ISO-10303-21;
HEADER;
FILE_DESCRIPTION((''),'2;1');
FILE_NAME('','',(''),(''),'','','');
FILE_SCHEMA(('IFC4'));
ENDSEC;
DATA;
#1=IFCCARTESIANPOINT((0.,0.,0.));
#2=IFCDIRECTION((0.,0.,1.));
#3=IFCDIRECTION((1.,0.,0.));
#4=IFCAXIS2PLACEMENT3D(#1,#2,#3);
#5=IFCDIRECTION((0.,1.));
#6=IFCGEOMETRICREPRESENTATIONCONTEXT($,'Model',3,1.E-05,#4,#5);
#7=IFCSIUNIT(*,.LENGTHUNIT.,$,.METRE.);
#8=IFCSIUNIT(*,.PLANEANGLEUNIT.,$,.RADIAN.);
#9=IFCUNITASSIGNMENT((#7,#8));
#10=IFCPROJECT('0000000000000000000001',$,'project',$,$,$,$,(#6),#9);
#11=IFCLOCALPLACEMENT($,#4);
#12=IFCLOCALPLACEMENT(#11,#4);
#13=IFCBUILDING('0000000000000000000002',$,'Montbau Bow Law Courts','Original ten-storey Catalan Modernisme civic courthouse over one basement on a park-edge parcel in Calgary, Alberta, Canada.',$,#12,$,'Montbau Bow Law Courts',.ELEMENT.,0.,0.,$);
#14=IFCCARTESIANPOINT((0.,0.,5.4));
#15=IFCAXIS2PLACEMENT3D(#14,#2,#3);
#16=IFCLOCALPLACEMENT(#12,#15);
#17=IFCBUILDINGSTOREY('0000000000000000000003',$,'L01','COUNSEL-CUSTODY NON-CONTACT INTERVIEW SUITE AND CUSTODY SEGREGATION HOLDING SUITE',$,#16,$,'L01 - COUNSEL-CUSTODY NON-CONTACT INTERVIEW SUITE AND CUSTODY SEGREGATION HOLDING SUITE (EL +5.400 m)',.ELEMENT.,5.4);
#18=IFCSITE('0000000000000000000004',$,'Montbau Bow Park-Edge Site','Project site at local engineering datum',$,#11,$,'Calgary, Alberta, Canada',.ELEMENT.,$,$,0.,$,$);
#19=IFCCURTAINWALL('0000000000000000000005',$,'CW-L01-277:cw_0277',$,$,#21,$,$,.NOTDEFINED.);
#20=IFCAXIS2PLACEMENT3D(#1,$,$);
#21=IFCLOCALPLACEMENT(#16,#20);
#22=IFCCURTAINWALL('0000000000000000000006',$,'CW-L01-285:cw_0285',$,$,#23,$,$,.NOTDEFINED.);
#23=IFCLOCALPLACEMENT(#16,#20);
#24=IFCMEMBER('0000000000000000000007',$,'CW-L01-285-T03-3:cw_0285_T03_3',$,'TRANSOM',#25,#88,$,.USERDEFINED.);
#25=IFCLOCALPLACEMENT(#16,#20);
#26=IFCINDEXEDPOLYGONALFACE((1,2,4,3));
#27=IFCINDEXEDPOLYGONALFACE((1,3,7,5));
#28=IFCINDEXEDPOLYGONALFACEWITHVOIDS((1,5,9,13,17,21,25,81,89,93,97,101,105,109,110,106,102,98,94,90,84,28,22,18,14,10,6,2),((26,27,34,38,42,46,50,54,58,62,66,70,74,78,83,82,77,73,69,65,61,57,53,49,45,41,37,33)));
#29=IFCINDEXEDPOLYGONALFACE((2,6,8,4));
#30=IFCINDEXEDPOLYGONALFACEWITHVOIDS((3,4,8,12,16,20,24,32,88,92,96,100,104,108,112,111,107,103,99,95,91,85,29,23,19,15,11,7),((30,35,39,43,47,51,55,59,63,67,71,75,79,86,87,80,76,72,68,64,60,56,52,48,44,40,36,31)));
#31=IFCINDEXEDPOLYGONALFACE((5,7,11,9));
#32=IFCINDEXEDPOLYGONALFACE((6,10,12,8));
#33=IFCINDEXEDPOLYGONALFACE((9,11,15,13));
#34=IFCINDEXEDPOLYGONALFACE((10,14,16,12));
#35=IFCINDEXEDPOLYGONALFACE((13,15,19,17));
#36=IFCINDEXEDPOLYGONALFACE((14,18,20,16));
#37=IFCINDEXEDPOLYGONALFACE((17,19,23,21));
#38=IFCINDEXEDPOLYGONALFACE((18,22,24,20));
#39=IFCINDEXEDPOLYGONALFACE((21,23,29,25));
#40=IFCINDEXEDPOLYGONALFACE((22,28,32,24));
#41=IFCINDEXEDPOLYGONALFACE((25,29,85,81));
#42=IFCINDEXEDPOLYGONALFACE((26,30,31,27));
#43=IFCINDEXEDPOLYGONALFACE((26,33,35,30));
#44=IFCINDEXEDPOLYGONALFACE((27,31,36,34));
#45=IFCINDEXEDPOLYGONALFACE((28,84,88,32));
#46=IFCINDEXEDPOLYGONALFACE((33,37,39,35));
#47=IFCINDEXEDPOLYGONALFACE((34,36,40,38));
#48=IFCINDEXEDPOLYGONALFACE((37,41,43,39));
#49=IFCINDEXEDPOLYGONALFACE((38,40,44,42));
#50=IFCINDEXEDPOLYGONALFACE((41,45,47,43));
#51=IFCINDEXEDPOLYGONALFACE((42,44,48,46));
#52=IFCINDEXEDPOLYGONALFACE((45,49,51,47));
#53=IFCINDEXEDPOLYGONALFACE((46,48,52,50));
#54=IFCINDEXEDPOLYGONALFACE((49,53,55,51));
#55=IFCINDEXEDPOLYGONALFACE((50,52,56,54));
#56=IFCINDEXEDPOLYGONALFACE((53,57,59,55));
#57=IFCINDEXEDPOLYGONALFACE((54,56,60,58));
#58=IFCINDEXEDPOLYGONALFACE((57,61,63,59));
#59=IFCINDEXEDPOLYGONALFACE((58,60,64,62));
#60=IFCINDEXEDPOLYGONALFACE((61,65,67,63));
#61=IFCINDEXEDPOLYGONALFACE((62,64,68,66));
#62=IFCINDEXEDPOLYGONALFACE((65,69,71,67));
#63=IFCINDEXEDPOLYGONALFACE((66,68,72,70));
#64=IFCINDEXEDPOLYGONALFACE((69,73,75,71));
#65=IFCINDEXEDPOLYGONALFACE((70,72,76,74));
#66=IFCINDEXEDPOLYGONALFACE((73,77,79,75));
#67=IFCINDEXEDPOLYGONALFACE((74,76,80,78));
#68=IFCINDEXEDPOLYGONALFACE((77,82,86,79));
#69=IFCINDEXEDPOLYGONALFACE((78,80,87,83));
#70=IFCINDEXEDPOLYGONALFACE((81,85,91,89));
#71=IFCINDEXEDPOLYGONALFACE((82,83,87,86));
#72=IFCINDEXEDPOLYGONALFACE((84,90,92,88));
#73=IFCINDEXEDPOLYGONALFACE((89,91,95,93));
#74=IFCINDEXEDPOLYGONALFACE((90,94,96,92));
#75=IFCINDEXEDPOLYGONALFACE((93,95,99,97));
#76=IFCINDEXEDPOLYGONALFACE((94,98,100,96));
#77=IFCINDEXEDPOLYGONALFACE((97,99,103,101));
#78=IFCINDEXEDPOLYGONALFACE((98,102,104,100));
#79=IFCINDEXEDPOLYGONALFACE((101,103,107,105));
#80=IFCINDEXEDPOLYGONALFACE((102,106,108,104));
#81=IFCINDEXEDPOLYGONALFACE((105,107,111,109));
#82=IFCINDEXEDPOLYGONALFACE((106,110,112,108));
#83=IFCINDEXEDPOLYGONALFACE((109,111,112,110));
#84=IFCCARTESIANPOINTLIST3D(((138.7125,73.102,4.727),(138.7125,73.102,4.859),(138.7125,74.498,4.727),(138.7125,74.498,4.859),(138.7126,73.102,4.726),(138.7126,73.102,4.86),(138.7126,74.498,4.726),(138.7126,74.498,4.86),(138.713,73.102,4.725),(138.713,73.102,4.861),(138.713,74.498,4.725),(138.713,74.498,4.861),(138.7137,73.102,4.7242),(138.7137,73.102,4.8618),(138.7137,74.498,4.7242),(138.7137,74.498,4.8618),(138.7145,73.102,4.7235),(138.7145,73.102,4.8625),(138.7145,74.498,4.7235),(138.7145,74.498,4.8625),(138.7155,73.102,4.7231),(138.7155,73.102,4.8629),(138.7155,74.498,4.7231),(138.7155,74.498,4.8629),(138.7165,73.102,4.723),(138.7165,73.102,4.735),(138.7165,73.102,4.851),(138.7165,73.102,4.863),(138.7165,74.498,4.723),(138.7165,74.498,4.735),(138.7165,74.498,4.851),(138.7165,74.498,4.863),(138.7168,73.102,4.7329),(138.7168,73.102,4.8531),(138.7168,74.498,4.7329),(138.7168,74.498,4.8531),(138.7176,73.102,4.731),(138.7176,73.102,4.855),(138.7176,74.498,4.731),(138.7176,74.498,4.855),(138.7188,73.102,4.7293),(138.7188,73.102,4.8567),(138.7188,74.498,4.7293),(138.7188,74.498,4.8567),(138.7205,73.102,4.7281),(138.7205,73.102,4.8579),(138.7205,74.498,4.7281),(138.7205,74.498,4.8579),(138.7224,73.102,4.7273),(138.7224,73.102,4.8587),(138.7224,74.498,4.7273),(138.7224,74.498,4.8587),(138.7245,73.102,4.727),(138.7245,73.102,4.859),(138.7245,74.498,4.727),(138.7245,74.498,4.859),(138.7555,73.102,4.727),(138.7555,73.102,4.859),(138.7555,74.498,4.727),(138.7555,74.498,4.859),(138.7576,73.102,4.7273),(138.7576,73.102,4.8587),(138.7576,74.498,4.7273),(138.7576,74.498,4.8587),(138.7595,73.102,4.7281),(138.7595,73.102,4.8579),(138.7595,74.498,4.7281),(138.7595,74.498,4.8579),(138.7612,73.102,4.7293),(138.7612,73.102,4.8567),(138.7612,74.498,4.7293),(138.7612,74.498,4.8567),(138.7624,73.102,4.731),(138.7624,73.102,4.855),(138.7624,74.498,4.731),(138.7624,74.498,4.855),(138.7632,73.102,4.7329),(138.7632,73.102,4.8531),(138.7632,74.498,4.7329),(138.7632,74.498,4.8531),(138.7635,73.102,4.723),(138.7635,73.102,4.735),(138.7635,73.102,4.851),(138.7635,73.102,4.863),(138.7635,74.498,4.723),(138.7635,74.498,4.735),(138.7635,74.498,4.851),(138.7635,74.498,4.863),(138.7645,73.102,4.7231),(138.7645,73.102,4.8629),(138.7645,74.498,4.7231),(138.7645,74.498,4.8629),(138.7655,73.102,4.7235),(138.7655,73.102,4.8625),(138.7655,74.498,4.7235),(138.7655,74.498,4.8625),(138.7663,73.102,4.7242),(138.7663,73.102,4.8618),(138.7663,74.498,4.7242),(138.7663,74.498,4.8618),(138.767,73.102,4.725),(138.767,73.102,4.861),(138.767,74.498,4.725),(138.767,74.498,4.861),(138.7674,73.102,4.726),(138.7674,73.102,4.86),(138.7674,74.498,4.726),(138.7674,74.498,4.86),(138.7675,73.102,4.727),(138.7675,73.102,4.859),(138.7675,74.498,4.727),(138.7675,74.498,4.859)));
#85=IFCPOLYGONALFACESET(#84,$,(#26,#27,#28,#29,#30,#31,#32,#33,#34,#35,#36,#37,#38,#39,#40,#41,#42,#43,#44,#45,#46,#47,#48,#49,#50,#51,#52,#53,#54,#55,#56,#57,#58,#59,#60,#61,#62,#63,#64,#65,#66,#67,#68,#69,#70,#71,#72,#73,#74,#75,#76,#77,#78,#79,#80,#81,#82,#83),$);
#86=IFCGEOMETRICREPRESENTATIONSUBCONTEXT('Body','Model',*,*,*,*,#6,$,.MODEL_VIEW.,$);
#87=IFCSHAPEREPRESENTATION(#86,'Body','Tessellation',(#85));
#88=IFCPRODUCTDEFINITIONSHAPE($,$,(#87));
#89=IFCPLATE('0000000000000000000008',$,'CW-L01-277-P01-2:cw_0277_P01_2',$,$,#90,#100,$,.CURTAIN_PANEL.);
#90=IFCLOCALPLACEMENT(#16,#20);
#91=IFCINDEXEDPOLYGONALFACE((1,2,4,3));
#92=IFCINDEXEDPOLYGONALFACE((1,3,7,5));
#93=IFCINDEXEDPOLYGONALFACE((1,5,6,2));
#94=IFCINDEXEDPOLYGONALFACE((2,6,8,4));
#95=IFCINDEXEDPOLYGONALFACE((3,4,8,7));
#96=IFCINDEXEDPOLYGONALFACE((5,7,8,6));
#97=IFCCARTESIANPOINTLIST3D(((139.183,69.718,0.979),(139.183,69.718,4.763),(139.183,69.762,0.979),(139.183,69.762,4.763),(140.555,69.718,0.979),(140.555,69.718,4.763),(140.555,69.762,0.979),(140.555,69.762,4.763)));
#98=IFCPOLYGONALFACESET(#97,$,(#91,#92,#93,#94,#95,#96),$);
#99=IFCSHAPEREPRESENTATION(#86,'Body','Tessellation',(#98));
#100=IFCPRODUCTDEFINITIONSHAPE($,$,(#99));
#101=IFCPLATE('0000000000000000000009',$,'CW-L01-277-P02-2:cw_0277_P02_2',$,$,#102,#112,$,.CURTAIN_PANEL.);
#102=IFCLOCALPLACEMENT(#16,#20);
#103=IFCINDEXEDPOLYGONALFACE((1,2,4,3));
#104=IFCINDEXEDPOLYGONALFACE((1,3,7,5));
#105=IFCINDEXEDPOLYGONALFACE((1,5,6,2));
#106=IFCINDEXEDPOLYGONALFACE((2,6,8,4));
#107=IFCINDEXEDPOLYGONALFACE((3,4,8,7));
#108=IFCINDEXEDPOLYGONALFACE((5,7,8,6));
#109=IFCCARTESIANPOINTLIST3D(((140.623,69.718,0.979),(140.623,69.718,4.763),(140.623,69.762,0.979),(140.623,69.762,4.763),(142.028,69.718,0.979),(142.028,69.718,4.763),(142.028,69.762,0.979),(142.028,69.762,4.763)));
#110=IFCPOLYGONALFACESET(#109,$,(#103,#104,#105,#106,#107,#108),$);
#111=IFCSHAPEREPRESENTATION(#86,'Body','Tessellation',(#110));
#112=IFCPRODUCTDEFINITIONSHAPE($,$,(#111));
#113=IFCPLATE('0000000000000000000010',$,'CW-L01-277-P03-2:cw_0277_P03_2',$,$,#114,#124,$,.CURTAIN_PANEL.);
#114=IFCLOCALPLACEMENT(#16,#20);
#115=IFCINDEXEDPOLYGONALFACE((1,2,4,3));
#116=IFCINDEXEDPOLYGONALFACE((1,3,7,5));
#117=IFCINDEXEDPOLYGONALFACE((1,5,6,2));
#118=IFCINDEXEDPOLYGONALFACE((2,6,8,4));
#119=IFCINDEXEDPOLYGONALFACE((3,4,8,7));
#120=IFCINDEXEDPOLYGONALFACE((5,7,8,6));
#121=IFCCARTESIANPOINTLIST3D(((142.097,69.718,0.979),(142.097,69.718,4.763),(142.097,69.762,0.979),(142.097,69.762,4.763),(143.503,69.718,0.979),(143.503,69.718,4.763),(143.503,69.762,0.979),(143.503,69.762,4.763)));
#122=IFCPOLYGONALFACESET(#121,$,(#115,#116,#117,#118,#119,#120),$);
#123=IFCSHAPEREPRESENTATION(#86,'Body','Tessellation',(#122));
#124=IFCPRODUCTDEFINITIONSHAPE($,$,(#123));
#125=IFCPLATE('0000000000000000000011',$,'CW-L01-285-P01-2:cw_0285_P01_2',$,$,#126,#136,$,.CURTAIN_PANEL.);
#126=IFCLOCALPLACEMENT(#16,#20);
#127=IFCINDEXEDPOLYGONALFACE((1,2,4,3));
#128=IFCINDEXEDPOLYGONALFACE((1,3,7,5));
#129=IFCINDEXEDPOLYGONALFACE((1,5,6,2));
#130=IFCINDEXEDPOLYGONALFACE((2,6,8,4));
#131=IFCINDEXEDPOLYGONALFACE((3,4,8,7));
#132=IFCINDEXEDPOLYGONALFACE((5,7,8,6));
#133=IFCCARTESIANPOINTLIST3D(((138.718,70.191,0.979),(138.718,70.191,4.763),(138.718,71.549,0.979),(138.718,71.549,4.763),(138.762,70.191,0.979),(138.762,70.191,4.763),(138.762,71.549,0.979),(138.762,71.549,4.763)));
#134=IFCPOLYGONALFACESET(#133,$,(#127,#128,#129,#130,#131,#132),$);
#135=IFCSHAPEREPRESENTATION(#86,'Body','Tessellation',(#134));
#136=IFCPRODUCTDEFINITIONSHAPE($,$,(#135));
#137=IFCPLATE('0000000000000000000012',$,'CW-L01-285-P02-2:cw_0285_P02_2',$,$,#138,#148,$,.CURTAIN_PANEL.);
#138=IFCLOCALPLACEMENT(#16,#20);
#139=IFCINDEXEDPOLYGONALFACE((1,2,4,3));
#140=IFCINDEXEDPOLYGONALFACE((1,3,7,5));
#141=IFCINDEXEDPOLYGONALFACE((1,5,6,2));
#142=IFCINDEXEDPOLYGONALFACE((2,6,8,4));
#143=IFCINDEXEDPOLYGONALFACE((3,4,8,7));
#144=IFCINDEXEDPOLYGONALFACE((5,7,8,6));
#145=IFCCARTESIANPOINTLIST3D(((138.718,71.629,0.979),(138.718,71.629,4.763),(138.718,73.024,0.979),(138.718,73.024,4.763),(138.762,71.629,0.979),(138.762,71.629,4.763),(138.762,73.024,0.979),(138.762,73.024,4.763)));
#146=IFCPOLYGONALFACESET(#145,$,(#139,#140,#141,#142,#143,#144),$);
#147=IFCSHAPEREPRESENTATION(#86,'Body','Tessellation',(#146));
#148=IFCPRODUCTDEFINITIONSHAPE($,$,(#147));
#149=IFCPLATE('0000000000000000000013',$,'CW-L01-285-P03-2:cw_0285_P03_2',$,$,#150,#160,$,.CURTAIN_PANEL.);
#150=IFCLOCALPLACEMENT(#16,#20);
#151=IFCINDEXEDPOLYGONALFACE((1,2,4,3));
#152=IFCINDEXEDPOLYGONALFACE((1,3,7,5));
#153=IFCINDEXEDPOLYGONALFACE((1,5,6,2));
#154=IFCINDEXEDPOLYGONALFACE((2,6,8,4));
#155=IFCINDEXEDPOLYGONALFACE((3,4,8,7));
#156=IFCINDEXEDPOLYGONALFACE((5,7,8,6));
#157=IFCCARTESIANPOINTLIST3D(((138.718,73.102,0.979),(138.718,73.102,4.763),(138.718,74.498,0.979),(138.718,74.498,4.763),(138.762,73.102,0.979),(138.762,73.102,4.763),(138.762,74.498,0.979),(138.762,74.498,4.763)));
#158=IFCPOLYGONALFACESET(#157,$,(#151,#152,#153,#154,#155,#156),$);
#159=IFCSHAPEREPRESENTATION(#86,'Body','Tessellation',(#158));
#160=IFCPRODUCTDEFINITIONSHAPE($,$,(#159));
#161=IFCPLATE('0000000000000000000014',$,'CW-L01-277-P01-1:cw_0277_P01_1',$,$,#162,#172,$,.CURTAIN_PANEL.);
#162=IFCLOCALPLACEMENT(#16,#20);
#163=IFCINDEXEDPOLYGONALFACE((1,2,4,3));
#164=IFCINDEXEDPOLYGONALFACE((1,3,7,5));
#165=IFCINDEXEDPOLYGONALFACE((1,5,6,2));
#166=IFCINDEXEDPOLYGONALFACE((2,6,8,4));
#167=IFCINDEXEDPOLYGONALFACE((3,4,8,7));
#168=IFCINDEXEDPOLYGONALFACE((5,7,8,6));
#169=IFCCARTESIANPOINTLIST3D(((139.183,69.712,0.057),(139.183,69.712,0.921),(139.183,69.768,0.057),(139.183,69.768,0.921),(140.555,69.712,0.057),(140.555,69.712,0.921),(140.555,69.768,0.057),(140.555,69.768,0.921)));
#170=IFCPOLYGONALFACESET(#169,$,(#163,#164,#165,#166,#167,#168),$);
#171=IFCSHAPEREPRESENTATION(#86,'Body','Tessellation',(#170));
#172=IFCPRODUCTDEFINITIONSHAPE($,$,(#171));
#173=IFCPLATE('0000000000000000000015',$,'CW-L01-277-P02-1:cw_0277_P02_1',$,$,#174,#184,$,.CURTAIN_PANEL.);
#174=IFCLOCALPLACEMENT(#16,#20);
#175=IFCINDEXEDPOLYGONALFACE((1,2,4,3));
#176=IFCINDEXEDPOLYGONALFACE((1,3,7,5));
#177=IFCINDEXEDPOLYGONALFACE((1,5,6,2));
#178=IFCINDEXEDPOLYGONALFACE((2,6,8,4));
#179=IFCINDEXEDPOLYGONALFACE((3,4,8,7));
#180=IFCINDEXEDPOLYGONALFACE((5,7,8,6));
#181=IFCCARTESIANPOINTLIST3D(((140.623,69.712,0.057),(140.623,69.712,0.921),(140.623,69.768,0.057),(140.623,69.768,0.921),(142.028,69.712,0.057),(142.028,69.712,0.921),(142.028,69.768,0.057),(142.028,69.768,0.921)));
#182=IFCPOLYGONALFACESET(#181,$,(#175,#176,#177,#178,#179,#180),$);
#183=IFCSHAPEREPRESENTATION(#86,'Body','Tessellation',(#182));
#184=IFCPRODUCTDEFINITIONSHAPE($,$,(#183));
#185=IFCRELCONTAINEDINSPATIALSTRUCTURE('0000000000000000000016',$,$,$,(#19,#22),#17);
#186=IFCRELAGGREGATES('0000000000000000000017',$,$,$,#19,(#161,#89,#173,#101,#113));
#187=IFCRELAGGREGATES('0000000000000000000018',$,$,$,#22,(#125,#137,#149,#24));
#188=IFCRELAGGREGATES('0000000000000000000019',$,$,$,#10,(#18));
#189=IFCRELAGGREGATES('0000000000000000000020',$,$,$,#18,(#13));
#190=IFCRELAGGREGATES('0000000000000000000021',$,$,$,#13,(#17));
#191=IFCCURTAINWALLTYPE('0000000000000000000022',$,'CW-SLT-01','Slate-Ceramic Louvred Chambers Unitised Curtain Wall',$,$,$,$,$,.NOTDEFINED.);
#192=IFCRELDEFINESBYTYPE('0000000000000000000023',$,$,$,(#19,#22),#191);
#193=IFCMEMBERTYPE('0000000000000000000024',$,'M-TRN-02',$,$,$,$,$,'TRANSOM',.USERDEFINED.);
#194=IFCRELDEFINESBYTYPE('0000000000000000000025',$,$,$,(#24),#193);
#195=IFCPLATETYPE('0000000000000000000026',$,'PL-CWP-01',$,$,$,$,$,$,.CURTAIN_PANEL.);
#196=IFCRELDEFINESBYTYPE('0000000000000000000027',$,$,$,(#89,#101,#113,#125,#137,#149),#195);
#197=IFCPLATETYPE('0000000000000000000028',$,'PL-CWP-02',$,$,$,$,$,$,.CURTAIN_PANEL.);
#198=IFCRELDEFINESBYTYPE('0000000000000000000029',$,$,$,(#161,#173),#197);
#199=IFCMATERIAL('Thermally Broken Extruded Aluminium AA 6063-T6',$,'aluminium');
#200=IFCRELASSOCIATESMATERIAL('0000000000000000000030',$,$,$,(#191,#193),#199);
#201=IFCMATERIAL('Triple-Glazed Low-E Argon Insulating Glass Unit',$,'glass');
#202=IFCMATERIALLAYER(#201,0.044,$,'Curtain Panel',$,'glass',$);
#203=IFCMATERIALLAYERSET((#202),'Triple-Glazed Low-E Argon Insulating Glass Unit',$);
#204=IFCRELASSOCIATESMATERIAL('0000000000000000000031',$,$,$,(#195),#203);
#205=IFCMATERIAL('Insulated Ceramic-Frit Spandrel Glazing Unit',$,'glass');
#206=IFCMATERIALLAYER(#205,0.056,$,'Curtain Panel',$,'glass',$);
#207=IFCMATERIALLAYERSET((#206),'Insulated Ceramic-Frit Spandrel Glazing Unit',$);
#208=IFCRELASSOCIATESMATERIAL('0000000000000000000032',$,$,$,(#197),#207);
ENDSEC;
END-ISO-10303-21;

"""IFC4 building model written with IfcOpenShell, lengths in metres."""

from ifc_helpers import new_model, si_unit, direction, frame, frame_2d, origin_with_axes, origin_2d_with_axis, place, context, subcontext, project, spatial, rectangle, hollow_rectangle, extrude, material, layer, layer_set, material_profile, profile_set, type_object, element, aggregate, save


model = new_model("IFC4")

# Units and contexts
model_context = context("Model", 3, precision=1e-05, world=origin_with_axes(), true_north=direction((0.0, 1.0)))
body_context = subcontext(model_context, "Body", "Model", "MODEL_VIEW")
ifc_project = project(units=[si_unit("LENGTHUNIT", "METRE"), si_unit("PLANEANGLEUNIT", "RADIAN")], contexts=[model_context])

# Site, building, storey
site_placement = place(None, origin_with_axes())
site = spatial("IfcSite", under=ifc_project, at=site_placement, Name="Montbau Bow Park-Edge Site", Description="Project site at local engineering datum", LongName="Calgary, Alberta, Canada", CompositionType="ELEMENT", RefElevation=0.0)
building_placement = place(site_placement, origin_with_axes())
building = spatial("IfcBuilding", under=site, at=building_placement, Name="Montbau Bow Law Courts", Description="Original ten-storey Catalan Modernisme civic courthouse over one basement on a park-edge parcel in Calgary, Alberta, Canada.", LongName="Montbau Bow Law Courts", CompositionType="ELEMENT", ElevationOfRefHeight=0.0, ElevationOfTerrain=0.0)
storey_placement = place(building_placement, frame((0.0, 0.0, 5.4), z_axis=(0.0, 0.0, 1.0), x_axis=(1.0, 0.0, 0.0)))
storey = spatial("IfcBuildingStorey", under=building, at=storey_placement, Name="L01", Description="COUNSEL-CUSTODY NON-CONTACT INTERVIEW SUITE AND CUSTODY SEGREGATION HOLDING SUITE", LongName="L01 - COUNSEL-CUSTODY NON-CONTACT INTERVIEW SUITE AND CUSTODY SEGREGATION HOLDING SUITE (EL +5.400 m)", CompositionType="ELEMENT", Elevation=5.4)

# Curtain walls, member
ifc_material_1 = material(Name="Thermally Broken Extruded Aluminium AA 6063-T6", Category="aluminium")
curtain_wall_type = type_object("IfcCurtainWallType", Name="CW-SLT-01", Description="Slate-Ceramic Louvred Chambers Unitised Curtain Wall", PredefinedType="NOTDEFINED", material=ifc_material_1)
curtain_wall_1_placement = place(None, frame((139.115, 69.74, 5.4), z_axis=(0.0, 0.0, 1.0), x_axis=(1.0, 0.0, 0.0)))
curtain_wall_1 = element("IfcCurtainWall", 1, at=curtain_wall_1_placement, inside=storey, type_object=curtain_wall_type, Name="CW-L01-277:cw_0277", PredefinedType="NOTDEFINED")
ifc_material_profile = material_profile(ifc_material_1, hollow_rectangle(XDim=0.055, YDim=0.14, WallThickness=0.004, InnerFilletRadius=0.008, OuterFilletRadius=0.004, at=origin_2d_with_axis()), Name="CWT-140X55", Category="Main", Priority=0)
ifc_profile_set = profile_set([ifc_material_profile], Name="Thermally Broken Extruded Aluminium AA 6063-T6")
member_type = type_object("IfcMemberType", Name="M-TRN-02", ElementType="TRANSOM", PredefinedType="USERDEFINED", material=ifc_profile_set)
curtain_wall_2_placement = place(None, frame((138.74, 70.115, 5.4), z_axis=(0.0, 0.0, 1.0), x_axis=(1.0, 0.0, 0.0)))
curtain_wall_2 = element("IfcCurtainWall", 2, at=curtain_wall_2_placement, inside=storey, type_object=curtain_wall_type, Name="CW-L01-285:cw_0285", PredefinedType="NOTDEFINED")
member_1_placement = place(None, frame((138.74, 73.102, 10.193), z_axis=(0.0, 1.0, 0.0), x_axis=(-1.0, 0.0, 0.0)))
member_1 = element("IfcMember", 3, at=member_1_placement, type_object=member_type, Name="CW-L01-285-T03-3:cw_0285_T03_3", ObjectType="TRANSOM", PredefinedType="USERDEFINED", context=body_context, shape_type="SweptSolid", body=[
    extrude(hollow_rectangle(XDim=0.055, YDim=0.14, WallThickness=0.004, InnerFilletRadius=0.008, OuterFilletRadius=0.004, at=origin_2d_with_axis()), origin_with_axes(), (0.0, 0.0, 1.0), 1.396),
])

# Plates
ifc_material_2 = material(Name="Triple-Glazed Low-E Argon Insulating Glass Unit", Category="glass")
ifc_layer_1 = layer(ifc_material_2, 0.044, Name="Curtain Panel", Category="glass")
ifc_layer_set_1 = layer_set([ifc_layer_1], Name="Triple-Glazed Low-E Argon Insulating Glass Unit")
plate_type_1 = type_object("IfcPlateType", Name="PL-CWP-01", PredefinedType="CURTAIN_PANEL", material=ifc_layer_set_1)
plate_1_placement = place(None, frame((139.183, 69.74, 6.379), z_axis=(0.0, -1.0, 0.0), x_axis=(1.0, 0.0, 0.0)))
plate_1 = element("IfcPlate", 4, at=plate_1_placement, type_object=plate_type_1, Name="CW-L01-277-P01-2:cw_0277_P01_2", PredefinedType="CURTAIN_PANEL", context=body_context, shape_type="SweptSolid", body=[
    extrude(rectangle(XDim=1.372, YDim=3.784, at=frame_2d((0.686, 1.892), x_axis=(1.0, 0.0))), frame((0.0, 0.0, -0.022), z_axis=(0.0, 0.0, 1.0), x_axis=(1.0, 0.0, 0.0)), (0.0, 0.0, 1.0), 0.044),
])
plate_2_placement = place(None, frame((140.623, 69.74, 6.379), z_axis=(0.0, -1.0, 0.0), x_axis=(1.0, 0.0, 0.0)))
plate_2 = element("IfcPlate", 5, at=plate_2_placement, type_object=plate_type_1, Name="CW-L01-277-P02-2:cw_0277_P02_2", PredefinedType="CURTAIN_PANEL", context=body_context, shape_type="SweptSolid", body=[
    extrude(rectangle(XDim=1.405, YDim=3.784, at=frame_2d((0.7025, 1.892), x_axis=(1.0, 0.0))), frame((0.0, 0.0, -0.022), z_axis=(0.0, 0.0, 1.0), x_axis=(1.0, 0.0, 0.0)), (0.0, 0.0, 1.0), 0.044),
])
plate_3_placement = place(None, frame((142.097, 69.74, 6.379), z_axis=(0.0, -1.0, 0.0), x_axis=(1.0, 0.0, 0.0)))
plate_3 = element("IfcPlate", 6, at=plate_3_placement, type_object=plate_type_1, Name="CW-L01-277-P03-2:cw_0277_P03_2", PredefinedType="CURTAIN_PANEL", context=body_context, shape_type="SweptSolid", body=[
    extrude(rectangle(XDim=1.406, YDim=3.784, at=frame_2d((0.703, 1.892), x_axis=(1.0, 0.0))), frame((0.0, 0.0, -0.022), z_axis=(0.0, 0.0, 1.0), x_axis=(1.0, 0.0, 0.0)), (0.0, 0.0, 1.0), 0.044),
])
plate_4_placement = place(None, frame((138.74, 70.191, 6.379), z_axis=(1.0, 0.0, 0.0), x_axis=(0.0, 1.0, 0.0)))
plate_4 = element("IfcPlate", 7, at=plate_4_placement, type_object=plate_type_1, Name="CW-L01-285-P01-2:cw_0285_P01_2", PredefinedType="CURTAIN_PANEL", context=body_context, shape_type="SweptSolid", body=[
    extrude(rectangle(XDim=1.358, YDim=3.784, at=frame_2d((0.679, 1.892), x_axis=(1.0, 0.0))), frame((0.0, 0.0, -0.022), z_axis=(0.0, 0.0, 1.0), x_axis=(1.0, 0.0, 0.0)), (0.0, 0.0, 1.0), 0.044),
])
plate_5_placement = place(None, frame((138.74, 71.629, 6.379), z_axis=(1.0, 0.0, 0.0), x_axis=(0.0, 1.0, 0.0)))
plate_5 = element("IfcPlate", 8, at=plate_5_placement, type_object=plate_type_1, Name="CW-L01-285-P02-2:cw_0285_P02_2", PredefinedType="CURTAIN_PANEL", context=body_context, shape_type="SweptSolid", body=[
    extrude(rectangle(XDim=1.395, YDim=3.784, at=frame_2d((0.6975, 1.892), x_axis=(1.0, 0.0))), frame((0.0, 0.0, -0.022), z_axis=(0.0, 0.0, 1.0), x_axis=(1.0, 0.0, 0.0)), (0.0, 0.0, 1.0), 0.044),
])
plate_6_placement = place(None, frame((138.74, 73.102, 6.379), z_axis=(1.0, 0.0, 0.0), x_axis=(0.0, 1.0, 0.0)))
plate_6 = element("IfcPlate", 9, at=plate_6_placement, type_object=plate_type_1, Name="CW-L01-285-P03-2:cw_0285_P03_2", PredefinedType="CURTAIN_PANEL", context=body_context, shape_type="SweptSolid", body=[
    extrude(rectangle(XDim=1.396, YDim=3.784, at=frame_2d((0.698, 1.892), x_axis=(1.0, 0.0))), frame((0.0, 0.0, -0.022), z_axis=(0.0, 0.0, 1.0), x_axis=(1.0, 0.0, 0.0)), (0.0, 0.0, 1.0), 0.044),
])
ifc_material_3 = material(Name="Insulated Ceramic-Frit Spandrel Glazing Unit", Category="glass")
ifc_layer_2 = layer(ifc_material_3, 0.056, Name="Curtain Panel", Category="glass")
ifc_layer_set_2 = layer_set([ifc_layer_2], Name="Insulated Ceramic-Frit Spandrel Glazing Unit")
plate_type_2 = type_object("IfcPlateType", Name="PL-CWP-02", PredefinedType="CURTAIN_PANEL", material=ifc_layer_set_2)
plate_7_placement = place(None, frame((139.183, 69.74, 5.457), z_axis=(0.0, -1.0, 0.0), x_axis=(1.0, 0.0, 0.0)))
plate_7 = element("IfcPlate", 10, at=plate_7_placement, type_object=plate_type_2, Name="CW-L01-277-P01-1:cw_0277_P01_1", PredefinedType="CURTAIN_PANEL", context=body_context, shape_type="SweptSolid", body=[
    extrude(rectangle(XDim=1.372, YDim=0.864, at=frame_2d((0.686, 0.432), x_axis=(1.0, 0.0))), frame((0.0, 0.0, -0.028), z_axis=(0.0, 0.0, 1.0), x_axis=(1.0, 0.0, 0.0)), (0.0, 0.0, 1.0), 0.056),
])
plate_8_placement = place(None, frame((140.623, 69.74, 5.457), z_axis=(0.0, -1.0, 0.0), x_axis=(1.0, 0.0, 0.0)))
plate_8 = element("IfcPlate", 11, at=plate_8_placement, type_object=plate_type_2, Name="CW-L01-277-P02-1:cw_0277_P02_1", PredefinedType="CURTAIN_PANEL", context=body_context, shape_type="SweptSolid", body=[
    extrude(rectangle(XDim=1.405, YDim=0.864, at=frame_2d((0.7025, 0.432), x_axis=(1.0, 0.0))), frame((0.0, 0.0, -0.028), z_axis=(0.0, 0.0, 1.0), x_axis=(1.0, 0.0, 0.0)), (0.0, 0.0, 1.0), 0.056),
])
aggregate(curtain_wall_1, [plate_7, plate_1, plate_8, plate_2, plate_3])
aggregate(curtain_wall_2, [plate_4, plate_5, plate_6, member_1])

save(model, "model.ifc")
